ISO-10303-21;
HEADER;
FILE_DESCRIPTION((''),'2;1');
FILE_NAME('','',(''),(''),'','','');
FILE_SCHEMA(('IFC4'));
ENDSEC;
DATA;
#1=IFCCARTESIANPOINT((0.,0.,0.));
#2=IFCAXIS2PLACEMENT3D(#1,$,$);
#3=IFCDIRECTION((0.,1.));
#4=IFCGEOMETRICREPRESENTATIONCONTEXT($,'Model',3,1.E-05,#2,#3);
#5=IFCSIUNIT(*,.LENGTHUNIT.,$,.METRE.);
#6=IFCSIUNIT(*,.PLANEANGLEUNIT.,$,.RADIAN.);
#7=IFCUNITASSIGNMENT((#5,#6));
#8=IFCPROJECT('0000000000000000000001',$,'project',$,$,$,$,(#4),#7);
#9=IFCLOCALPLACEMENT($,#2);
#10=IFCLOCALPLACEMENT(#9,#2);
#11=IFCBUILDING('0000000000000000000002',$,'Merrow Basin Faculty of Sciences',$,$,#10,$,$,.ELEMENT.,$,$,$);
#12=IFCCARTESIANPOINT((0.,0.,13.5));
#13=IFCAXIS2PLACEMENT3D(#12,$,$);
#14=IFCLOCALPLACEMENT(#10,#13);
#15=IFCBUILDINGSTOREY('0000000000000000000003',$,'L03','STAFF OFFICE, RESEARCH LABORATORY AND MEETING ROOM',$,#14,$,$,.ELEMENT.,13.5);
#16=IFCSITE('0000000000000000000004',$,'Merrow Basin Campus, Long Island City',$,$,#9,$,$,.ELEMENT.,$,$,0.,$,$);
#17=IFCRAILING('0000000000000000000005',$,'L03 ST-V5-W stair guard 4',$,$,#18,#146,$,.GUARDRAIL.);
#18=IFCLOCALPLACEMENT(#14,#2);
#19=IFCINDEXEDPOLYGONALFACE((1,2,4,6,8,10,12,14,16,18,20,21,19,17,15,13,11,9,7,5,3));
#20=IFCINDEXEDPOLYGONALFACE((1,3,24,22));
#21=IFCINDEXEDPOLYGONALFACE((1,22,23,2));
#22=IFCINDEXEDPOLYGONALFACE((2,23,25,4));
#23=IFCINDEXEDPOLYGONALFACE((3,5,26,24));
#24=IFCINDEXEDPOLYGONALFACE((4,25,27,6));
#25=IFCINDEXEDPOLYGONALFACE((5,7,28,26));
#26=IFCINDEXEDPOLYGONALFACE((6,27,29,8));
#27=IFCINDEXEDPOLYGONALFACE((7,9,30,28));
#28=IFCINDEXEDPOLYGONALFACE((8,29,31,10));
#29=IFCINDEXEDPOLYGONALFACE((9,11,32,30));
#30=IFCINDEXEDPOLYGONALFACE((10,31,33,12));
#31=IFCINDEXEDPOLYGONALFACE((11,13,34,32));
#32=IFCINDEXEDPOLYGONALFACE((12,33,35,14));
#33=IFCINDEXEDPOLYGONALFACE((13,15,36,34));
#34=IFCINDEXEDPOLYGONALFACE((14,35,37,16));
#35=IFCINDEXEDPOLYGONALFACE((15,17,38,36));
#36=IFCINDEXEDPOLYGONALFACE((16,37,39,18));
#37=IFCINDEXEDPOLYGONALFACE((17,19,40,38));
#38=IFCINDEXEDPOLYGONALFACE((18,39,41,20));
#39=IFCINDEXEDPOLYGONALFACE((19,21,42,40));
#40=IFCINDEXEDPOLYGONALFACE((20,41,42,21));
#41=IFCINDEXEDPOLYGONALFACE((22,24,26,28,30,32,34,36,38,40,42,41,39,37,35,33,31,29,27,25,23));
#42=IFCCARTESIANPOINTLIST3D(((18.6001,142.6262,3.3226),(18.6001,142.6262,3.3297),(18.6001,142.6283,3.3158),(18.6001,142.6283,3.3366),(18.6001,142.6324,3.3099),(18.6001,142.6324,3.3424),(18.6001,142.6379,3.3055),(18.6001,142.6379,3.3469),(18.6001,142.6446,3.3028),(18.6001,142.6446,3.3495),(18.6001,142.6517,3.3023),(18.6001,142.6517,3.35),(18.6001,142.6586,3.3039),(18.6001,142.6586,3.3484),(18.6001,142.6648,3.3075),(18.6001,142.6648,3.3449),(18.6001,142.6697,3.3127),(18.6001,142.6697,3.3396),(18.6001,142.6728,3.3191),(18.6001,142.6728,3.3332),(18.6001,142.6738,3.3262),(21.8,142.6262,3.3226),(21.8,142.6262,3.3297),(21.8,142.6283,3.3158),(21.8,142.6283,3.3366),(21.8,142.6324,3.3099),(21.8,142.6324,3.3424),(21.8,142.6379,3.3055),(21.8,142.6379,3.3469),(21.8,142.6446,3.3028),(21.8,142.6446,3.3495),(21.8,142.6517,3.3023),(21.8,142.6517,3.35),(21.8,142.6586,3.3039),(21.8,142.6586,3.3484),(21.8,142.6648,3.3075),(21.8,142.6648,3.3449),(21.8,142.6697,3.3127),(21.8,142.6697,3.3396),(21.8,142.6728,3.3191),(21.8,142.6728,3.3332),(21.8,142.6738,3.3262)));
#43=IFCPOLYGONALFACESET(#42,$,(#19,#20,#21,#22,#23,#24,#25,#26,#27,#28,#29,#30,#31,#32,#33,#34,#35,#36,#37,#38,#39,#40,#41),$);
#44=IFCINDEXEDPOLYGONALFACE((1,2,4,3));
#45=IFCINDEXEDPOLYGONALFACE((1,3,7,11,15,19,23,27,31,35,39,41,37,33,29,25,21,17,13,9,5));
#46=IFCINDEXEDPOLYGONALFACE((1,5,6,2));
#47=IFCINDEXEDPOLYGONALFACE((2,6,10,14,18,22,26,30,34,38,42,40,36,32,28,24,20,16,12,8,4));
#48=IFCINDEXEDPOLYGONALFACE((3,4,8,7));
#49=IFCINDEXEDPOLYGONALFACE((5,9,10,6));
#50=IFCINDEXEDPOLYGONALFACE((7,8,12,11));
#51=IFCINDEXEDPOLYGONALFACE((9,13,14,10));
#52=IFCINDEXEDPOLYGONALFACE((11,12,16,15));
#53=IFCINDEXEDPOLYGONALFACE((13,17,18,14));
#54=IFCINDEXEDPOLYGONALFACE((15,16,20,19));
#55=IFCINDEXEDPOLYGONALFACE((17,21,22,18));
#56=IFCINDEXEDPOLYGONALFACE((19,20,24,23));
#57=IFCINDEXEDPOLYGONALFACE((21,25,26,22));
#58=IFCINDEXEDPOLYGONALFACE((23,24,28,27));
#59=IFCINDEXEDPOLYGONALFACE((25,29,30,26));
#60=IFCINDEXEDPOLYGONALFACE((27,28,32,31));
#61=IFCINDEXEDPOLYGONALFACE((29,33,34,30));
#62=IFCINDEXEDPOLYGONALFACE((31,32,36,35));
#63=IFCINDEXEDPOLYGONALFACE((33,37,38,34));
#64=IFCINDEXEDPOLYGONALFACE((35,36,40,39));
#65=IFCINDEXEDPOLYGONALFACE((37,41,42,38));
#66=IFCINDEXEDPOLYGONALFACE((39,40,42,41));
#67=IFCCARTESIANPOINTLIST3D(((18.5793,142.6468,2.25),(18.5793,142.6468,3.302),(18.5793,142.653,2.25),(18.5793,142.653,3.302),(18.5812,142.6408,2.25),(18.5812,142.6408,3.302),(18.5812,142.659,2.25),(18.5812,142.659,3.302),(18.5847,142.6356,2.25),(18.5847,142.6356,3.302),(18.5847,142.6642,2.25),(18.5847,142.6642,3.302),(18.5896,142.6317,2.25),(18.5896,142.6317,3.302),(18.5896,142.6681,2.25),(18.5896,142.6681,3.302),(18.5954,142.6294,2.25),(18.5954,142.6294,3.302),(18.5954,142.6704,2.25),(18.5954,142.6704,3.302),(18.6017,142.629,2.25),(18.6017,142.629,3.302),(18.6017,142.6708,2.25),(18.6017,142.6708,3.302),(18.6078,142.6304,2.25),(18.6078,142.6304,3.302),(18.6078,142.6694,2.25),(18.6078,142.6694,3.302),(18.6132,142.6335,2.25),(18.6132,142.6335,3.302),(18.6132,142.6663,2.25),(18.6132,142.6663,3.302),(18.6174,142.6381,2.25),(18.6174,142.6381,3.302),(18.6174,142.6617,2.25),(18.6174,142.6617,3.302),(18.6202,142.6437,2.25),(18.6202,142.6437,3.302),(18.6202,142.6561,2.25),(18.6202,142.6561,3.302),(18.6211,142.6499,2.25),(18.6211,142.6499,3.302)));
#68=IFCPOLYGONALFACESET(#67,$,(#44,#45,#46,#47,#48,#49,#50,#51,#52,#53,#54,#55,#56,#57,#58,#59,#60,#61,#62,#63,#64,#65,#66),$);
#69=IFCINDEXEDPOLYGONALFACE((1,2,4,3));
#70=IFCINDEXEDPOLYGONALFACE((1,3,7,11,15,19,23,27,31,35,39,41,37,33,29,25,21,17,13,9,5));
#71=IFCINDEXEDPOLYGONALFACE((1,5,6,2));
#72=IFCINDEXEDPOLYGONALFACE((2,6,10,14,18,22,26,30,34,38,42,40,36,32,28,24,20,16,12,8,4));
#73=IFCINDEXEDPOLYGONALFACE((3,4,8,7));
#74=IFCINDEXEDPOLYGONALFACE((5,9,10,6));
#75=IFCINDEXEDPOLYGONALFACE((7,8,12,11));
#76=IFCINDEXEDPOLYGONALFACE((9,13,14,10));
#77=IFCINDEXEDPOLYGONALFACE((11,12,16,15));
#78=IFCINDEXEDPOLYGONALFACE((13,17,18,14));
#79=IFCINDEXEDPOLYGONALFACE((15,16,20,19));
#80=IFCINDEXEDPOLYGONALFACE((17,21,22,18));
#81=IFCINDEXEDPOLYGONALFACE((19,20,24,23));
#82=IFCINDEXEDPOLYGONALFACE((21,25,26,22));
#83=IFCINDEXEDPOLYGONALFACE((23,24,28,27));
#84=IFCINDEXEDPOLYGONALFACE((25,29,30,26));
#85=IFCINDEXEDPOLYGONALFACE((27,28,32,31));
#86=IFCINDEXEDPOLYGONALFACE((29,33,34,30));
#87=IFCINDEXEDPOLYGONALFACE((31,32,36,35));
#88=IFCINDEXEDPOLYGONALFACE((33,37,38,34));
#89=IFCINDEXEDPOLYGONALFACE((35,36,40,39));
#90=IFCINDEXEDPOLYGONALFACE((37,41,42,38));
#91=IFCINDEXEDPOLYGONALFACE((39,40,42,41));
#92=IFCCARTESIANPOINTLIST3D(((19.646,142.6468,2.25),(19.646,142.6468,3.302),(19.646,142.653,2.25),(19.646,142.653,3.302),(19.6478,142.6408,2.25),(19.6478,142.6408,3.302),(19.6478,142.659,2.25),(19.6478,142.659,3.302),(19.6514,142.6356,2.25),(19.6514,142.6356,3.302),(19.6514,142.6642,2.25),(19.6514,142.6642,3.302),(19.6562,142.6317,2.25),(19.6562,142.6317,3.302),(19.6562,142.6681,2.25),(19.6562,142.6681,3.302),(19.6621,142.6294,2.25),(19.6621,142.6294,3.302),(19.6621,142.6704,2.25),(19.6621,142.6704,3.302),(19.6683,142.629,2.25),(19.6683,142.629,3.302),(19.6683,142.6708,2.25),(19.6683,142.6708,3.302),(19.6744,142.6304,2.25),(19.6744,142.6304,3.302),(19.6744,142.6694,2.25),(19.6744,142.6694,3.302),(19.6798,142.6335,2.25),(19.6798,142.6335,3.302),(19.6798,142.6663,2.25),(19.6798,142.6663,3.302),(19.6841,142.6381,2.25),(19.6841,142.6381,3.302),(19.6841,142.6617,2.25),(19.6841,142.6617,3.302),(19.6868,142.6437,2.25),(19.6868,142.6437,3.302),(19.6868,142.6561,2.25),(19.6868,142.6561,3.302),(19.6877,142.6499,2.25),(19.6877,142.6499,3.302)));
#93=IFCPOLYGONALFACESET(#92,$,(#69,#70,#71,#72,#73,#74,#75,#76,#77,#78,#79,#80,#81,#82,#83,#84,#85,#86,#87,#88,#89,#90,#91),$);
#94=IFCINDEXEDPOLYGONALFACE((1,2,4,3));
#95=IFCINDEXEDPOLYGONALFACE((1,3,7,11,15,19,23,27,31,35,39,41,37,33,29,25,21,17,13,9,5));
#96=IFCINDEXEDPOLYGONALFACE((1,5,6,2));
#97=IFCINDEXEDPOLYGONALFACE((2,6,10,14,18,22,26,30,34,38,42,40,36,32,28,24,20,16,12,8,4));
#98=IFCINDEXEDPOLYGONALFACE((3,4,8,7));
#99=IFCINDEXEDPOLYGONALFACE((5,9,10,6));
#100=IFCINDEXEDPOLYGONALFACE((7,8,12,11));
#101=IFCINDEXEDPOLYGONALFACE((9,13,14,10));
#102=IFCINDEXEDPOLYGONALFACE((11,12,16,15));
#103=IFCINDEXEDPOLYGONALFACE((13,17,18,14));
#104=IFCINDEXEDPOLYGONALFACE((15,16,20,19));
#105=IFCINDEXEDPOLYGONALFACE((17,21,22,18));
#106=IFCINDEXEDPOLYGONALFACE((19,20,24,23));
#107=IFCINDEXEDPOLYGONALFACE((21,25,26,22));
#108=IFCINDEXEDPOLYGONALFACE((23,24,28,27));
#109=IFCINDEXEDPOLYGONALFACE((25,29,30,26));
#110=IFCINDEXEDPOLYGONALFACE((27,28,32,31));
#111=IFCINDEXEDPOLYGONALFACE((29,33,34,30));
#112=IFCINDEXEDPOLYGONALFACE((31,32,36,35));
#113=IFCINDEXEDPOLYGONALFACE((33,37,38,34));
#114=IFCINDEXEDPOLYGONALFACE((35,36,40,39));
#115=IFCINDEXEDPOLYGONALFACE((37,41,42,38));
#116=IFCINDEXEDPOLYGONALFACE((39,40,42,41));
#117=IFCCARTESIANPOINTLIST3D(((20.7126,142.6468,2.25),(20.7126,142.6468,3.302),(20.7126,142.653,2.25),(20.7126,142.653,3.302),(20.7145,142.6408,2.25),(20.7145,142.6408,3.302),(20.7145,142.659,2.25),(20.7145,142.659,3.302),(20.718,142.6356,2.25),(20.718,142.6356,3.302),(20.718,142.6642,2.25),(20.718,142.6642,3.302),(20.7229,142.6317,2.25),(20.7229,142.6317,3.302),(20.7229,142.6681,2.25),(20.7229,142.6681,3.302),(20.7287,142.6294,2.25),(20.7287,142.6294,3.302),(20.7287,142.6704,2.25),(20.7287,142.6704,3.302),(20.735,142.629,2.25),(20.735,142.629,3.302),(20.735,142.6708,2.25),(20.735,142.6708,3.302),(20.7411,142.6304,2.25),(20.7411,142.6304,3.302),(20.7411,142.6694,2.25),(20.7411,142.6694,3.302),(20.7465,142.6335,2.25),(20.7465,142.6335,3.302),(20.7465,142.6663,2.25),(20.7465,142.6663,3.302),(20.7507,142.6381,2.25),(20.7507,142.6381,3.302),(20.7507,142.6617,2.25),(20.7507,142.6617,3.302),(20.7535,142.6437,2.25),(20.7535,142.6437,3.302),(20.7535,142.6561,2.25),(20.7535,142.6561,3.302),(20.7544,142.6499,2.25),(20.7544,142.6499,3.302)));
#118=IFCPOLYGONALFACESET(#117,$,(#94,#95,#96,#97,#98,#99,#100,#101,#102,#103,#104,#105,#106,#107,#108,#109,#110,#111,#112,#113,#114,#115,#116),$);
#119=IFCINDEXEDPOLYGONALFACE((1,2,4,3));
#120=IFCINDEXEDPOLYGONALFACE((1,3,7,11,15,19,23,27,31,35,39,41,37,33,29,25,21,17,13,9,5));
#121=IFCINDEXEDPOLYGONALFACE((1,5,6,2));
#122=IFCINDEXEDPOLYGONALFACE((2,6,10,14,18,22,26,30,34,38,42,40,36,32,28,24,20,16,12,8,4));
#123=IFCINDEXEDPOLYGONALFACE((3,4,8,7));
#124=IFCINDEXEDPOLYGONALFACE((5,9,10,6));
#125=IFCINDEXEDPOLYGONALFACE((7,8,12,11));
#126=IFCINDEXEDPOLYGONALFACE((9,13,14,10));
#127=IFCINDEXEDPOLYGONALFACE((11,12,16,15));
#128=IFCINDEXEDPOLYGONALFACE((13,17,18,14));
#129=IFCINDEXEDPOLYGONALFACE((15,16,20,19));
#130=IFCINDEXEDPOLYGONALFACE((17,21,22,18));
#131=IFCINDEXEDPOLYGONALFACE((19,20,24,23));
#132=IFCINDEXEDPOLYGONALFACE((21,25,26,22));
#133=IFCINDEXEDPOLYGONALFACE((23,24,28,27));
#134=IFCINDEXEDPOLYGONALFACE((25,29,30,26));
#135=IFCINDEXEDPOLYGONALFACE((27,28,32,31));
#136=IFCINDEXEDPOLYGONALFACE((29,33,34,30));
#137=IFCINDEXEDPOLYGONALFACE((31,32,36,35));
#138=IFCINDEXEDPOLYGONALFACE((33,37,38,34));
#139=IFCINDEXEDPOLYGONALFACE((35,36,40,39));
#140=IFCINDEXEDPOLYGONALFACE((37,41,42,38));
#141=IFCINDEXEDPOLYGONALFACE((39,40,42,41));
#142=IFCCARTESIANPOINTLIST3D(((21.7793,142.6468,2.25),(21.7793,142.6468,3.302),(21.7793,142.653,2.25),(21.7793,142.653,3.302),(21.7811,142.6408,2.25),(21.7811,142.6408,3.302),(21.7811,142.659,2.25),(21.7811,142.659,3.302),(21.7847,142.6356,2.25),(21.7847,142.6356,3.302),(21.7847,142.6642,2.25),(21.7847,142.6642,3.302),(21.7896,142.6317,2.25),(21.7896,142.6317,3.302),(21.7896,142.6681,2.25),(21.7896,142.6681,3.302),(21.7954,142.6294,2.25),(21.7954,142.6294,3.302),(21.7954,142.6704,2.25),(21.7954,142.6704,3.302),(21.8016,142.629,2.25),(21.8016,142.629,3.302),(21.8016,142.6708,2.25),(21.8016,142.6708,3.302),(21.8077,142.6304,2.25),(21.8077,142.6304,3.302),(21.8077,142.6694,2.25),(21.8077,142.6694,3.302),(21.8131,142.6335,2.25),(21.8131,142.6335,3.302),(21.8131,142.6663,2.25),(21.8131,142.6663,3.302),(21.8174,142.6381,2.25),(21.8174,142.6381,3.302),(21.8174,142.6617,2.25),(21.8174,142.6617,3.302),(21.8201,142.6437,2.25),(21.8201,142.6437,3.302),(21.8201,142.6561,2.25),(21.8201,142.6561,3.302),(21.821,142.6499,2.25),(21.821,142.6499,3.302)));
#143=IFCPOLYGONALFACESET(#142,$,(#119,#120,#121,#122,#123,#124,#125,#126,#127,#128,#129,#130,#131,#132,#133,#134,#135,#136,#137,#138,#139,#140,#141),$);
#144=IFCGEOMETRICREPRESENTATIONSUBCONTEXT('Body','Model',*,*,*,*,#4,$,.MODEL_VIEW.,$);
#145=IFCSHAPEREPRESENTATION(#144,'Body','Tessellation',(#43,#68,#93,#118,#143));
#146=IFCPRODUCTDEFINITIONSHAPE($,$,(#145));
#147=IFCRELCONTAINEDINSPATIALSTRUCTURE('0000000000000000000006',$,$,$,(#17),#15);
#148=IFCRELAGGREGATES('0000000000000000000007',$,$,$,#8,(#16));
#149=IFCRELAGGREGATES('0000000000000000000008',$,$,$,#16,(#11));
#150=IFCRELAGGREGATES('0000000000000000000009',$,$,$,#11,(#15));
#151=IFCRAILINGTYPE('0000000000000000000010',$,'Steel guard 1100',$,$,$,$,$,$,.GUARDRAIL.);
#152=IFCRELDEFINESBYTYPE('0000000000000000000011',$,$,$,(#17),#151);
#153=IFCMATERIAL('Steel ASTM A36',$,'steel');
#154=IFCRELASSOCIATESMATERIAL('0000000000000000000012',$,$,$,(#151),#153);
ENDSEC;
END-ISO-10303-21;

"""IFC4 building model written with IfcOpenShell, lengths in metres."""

from ifc_helpers import new_model, si_unit, direction, frame, origin, origin_2d, place, context, subcontext, project, spatial, circle, extrude, material, type_object, element, save


model = new_model("IFC4")

# Units and contexts
model_context = context("Model", 3, precision=1e-05, world=origin(), true_north=direction((0.0, 1.0)))
body_context = subcontext(model_context, "Body", "Model", "MODEL_VIEW")
ifc_project = project(units=[si_unit("LENGTHUNIT", "METRE"), si_unit("PLANEANGLEUNIT", "RADIAN")], contexts=[model_context])

# Site, building, storey
site_placement = place(None, origin())
site = spatial("IfcSite", under=ifc_project, at=site_placement, Name="Merrow Basin Campus, Long Island City", CompositionType="ELEMENT", RefElevation=0.0)
building_placement = place(site_placement, origin())
building = spatial("IfcBuilding", under=site, at=building_placement, Name="Merrow Basin Faculty of Sciences", CompositionType="ELEMENT")
storey_placement = place(building_placement, frame((0.0, 0.0, 13.5)))
storey = spatial("IfcBuildingStorey", under=building, at=storey_placement, Name="L03", Description="STAFF OFFICE, RESEARCH LABORATORY AND MEETING ROOM", CompositionType="ELEMENT", Elevation=13.5)

# Railing
ifc_material_1 = material(Name="Steel ASTM A36", Category="steel")
railing_type = type_object("IfcRailingType", Name="Steel guard 1100", PredefinedType="GUARDRAIL", material=ifc_material_1)
railing_1_placement = place(storey_placement, frame((18.6001, 142.6499, 2.25)))
element("IfcRailing", 1, at=railing_1_placement, inside=storey, type_object=railing_type, Name="L03 ST-V5-W stair guard 4", PredefinedType="GUARDRAIL", context=body_context, shape_type="SweptSolid", body=[
    extrude(circle(Radius=0.0239, at=origin_2d()), frame((0.0, 0.0, 1.0762), z_axis=(1.0, 0.0, 0.0), x_axis=(0.0, 1.0, 0.0)), (0.0, 0.0, 1.0), 3.2),
    extrude(circle(Radius=0.021, at=origin_2d()), origin(), (0.0, 0.0, 1.0), 1.052),
    extrude(circle(Radius=0.021, at=origin_2d()), frame((1.0667, 0.0, 0.0)), (0.0, 0.0, 1.0), 1.052),
    extrude(circle(Radius=0.021, at=origin_2d()), frame((2.1333, 0.0, 0.0)), (0.0, 0.0, 1.0), 1.052),
    extrude(circle(Radius=0.021, at=origin_2d()), frame((3.2, 0.0, 0.0)), (0.0, 0.0, 1.0), 1.052),
])

save(model, "model.ifc")
